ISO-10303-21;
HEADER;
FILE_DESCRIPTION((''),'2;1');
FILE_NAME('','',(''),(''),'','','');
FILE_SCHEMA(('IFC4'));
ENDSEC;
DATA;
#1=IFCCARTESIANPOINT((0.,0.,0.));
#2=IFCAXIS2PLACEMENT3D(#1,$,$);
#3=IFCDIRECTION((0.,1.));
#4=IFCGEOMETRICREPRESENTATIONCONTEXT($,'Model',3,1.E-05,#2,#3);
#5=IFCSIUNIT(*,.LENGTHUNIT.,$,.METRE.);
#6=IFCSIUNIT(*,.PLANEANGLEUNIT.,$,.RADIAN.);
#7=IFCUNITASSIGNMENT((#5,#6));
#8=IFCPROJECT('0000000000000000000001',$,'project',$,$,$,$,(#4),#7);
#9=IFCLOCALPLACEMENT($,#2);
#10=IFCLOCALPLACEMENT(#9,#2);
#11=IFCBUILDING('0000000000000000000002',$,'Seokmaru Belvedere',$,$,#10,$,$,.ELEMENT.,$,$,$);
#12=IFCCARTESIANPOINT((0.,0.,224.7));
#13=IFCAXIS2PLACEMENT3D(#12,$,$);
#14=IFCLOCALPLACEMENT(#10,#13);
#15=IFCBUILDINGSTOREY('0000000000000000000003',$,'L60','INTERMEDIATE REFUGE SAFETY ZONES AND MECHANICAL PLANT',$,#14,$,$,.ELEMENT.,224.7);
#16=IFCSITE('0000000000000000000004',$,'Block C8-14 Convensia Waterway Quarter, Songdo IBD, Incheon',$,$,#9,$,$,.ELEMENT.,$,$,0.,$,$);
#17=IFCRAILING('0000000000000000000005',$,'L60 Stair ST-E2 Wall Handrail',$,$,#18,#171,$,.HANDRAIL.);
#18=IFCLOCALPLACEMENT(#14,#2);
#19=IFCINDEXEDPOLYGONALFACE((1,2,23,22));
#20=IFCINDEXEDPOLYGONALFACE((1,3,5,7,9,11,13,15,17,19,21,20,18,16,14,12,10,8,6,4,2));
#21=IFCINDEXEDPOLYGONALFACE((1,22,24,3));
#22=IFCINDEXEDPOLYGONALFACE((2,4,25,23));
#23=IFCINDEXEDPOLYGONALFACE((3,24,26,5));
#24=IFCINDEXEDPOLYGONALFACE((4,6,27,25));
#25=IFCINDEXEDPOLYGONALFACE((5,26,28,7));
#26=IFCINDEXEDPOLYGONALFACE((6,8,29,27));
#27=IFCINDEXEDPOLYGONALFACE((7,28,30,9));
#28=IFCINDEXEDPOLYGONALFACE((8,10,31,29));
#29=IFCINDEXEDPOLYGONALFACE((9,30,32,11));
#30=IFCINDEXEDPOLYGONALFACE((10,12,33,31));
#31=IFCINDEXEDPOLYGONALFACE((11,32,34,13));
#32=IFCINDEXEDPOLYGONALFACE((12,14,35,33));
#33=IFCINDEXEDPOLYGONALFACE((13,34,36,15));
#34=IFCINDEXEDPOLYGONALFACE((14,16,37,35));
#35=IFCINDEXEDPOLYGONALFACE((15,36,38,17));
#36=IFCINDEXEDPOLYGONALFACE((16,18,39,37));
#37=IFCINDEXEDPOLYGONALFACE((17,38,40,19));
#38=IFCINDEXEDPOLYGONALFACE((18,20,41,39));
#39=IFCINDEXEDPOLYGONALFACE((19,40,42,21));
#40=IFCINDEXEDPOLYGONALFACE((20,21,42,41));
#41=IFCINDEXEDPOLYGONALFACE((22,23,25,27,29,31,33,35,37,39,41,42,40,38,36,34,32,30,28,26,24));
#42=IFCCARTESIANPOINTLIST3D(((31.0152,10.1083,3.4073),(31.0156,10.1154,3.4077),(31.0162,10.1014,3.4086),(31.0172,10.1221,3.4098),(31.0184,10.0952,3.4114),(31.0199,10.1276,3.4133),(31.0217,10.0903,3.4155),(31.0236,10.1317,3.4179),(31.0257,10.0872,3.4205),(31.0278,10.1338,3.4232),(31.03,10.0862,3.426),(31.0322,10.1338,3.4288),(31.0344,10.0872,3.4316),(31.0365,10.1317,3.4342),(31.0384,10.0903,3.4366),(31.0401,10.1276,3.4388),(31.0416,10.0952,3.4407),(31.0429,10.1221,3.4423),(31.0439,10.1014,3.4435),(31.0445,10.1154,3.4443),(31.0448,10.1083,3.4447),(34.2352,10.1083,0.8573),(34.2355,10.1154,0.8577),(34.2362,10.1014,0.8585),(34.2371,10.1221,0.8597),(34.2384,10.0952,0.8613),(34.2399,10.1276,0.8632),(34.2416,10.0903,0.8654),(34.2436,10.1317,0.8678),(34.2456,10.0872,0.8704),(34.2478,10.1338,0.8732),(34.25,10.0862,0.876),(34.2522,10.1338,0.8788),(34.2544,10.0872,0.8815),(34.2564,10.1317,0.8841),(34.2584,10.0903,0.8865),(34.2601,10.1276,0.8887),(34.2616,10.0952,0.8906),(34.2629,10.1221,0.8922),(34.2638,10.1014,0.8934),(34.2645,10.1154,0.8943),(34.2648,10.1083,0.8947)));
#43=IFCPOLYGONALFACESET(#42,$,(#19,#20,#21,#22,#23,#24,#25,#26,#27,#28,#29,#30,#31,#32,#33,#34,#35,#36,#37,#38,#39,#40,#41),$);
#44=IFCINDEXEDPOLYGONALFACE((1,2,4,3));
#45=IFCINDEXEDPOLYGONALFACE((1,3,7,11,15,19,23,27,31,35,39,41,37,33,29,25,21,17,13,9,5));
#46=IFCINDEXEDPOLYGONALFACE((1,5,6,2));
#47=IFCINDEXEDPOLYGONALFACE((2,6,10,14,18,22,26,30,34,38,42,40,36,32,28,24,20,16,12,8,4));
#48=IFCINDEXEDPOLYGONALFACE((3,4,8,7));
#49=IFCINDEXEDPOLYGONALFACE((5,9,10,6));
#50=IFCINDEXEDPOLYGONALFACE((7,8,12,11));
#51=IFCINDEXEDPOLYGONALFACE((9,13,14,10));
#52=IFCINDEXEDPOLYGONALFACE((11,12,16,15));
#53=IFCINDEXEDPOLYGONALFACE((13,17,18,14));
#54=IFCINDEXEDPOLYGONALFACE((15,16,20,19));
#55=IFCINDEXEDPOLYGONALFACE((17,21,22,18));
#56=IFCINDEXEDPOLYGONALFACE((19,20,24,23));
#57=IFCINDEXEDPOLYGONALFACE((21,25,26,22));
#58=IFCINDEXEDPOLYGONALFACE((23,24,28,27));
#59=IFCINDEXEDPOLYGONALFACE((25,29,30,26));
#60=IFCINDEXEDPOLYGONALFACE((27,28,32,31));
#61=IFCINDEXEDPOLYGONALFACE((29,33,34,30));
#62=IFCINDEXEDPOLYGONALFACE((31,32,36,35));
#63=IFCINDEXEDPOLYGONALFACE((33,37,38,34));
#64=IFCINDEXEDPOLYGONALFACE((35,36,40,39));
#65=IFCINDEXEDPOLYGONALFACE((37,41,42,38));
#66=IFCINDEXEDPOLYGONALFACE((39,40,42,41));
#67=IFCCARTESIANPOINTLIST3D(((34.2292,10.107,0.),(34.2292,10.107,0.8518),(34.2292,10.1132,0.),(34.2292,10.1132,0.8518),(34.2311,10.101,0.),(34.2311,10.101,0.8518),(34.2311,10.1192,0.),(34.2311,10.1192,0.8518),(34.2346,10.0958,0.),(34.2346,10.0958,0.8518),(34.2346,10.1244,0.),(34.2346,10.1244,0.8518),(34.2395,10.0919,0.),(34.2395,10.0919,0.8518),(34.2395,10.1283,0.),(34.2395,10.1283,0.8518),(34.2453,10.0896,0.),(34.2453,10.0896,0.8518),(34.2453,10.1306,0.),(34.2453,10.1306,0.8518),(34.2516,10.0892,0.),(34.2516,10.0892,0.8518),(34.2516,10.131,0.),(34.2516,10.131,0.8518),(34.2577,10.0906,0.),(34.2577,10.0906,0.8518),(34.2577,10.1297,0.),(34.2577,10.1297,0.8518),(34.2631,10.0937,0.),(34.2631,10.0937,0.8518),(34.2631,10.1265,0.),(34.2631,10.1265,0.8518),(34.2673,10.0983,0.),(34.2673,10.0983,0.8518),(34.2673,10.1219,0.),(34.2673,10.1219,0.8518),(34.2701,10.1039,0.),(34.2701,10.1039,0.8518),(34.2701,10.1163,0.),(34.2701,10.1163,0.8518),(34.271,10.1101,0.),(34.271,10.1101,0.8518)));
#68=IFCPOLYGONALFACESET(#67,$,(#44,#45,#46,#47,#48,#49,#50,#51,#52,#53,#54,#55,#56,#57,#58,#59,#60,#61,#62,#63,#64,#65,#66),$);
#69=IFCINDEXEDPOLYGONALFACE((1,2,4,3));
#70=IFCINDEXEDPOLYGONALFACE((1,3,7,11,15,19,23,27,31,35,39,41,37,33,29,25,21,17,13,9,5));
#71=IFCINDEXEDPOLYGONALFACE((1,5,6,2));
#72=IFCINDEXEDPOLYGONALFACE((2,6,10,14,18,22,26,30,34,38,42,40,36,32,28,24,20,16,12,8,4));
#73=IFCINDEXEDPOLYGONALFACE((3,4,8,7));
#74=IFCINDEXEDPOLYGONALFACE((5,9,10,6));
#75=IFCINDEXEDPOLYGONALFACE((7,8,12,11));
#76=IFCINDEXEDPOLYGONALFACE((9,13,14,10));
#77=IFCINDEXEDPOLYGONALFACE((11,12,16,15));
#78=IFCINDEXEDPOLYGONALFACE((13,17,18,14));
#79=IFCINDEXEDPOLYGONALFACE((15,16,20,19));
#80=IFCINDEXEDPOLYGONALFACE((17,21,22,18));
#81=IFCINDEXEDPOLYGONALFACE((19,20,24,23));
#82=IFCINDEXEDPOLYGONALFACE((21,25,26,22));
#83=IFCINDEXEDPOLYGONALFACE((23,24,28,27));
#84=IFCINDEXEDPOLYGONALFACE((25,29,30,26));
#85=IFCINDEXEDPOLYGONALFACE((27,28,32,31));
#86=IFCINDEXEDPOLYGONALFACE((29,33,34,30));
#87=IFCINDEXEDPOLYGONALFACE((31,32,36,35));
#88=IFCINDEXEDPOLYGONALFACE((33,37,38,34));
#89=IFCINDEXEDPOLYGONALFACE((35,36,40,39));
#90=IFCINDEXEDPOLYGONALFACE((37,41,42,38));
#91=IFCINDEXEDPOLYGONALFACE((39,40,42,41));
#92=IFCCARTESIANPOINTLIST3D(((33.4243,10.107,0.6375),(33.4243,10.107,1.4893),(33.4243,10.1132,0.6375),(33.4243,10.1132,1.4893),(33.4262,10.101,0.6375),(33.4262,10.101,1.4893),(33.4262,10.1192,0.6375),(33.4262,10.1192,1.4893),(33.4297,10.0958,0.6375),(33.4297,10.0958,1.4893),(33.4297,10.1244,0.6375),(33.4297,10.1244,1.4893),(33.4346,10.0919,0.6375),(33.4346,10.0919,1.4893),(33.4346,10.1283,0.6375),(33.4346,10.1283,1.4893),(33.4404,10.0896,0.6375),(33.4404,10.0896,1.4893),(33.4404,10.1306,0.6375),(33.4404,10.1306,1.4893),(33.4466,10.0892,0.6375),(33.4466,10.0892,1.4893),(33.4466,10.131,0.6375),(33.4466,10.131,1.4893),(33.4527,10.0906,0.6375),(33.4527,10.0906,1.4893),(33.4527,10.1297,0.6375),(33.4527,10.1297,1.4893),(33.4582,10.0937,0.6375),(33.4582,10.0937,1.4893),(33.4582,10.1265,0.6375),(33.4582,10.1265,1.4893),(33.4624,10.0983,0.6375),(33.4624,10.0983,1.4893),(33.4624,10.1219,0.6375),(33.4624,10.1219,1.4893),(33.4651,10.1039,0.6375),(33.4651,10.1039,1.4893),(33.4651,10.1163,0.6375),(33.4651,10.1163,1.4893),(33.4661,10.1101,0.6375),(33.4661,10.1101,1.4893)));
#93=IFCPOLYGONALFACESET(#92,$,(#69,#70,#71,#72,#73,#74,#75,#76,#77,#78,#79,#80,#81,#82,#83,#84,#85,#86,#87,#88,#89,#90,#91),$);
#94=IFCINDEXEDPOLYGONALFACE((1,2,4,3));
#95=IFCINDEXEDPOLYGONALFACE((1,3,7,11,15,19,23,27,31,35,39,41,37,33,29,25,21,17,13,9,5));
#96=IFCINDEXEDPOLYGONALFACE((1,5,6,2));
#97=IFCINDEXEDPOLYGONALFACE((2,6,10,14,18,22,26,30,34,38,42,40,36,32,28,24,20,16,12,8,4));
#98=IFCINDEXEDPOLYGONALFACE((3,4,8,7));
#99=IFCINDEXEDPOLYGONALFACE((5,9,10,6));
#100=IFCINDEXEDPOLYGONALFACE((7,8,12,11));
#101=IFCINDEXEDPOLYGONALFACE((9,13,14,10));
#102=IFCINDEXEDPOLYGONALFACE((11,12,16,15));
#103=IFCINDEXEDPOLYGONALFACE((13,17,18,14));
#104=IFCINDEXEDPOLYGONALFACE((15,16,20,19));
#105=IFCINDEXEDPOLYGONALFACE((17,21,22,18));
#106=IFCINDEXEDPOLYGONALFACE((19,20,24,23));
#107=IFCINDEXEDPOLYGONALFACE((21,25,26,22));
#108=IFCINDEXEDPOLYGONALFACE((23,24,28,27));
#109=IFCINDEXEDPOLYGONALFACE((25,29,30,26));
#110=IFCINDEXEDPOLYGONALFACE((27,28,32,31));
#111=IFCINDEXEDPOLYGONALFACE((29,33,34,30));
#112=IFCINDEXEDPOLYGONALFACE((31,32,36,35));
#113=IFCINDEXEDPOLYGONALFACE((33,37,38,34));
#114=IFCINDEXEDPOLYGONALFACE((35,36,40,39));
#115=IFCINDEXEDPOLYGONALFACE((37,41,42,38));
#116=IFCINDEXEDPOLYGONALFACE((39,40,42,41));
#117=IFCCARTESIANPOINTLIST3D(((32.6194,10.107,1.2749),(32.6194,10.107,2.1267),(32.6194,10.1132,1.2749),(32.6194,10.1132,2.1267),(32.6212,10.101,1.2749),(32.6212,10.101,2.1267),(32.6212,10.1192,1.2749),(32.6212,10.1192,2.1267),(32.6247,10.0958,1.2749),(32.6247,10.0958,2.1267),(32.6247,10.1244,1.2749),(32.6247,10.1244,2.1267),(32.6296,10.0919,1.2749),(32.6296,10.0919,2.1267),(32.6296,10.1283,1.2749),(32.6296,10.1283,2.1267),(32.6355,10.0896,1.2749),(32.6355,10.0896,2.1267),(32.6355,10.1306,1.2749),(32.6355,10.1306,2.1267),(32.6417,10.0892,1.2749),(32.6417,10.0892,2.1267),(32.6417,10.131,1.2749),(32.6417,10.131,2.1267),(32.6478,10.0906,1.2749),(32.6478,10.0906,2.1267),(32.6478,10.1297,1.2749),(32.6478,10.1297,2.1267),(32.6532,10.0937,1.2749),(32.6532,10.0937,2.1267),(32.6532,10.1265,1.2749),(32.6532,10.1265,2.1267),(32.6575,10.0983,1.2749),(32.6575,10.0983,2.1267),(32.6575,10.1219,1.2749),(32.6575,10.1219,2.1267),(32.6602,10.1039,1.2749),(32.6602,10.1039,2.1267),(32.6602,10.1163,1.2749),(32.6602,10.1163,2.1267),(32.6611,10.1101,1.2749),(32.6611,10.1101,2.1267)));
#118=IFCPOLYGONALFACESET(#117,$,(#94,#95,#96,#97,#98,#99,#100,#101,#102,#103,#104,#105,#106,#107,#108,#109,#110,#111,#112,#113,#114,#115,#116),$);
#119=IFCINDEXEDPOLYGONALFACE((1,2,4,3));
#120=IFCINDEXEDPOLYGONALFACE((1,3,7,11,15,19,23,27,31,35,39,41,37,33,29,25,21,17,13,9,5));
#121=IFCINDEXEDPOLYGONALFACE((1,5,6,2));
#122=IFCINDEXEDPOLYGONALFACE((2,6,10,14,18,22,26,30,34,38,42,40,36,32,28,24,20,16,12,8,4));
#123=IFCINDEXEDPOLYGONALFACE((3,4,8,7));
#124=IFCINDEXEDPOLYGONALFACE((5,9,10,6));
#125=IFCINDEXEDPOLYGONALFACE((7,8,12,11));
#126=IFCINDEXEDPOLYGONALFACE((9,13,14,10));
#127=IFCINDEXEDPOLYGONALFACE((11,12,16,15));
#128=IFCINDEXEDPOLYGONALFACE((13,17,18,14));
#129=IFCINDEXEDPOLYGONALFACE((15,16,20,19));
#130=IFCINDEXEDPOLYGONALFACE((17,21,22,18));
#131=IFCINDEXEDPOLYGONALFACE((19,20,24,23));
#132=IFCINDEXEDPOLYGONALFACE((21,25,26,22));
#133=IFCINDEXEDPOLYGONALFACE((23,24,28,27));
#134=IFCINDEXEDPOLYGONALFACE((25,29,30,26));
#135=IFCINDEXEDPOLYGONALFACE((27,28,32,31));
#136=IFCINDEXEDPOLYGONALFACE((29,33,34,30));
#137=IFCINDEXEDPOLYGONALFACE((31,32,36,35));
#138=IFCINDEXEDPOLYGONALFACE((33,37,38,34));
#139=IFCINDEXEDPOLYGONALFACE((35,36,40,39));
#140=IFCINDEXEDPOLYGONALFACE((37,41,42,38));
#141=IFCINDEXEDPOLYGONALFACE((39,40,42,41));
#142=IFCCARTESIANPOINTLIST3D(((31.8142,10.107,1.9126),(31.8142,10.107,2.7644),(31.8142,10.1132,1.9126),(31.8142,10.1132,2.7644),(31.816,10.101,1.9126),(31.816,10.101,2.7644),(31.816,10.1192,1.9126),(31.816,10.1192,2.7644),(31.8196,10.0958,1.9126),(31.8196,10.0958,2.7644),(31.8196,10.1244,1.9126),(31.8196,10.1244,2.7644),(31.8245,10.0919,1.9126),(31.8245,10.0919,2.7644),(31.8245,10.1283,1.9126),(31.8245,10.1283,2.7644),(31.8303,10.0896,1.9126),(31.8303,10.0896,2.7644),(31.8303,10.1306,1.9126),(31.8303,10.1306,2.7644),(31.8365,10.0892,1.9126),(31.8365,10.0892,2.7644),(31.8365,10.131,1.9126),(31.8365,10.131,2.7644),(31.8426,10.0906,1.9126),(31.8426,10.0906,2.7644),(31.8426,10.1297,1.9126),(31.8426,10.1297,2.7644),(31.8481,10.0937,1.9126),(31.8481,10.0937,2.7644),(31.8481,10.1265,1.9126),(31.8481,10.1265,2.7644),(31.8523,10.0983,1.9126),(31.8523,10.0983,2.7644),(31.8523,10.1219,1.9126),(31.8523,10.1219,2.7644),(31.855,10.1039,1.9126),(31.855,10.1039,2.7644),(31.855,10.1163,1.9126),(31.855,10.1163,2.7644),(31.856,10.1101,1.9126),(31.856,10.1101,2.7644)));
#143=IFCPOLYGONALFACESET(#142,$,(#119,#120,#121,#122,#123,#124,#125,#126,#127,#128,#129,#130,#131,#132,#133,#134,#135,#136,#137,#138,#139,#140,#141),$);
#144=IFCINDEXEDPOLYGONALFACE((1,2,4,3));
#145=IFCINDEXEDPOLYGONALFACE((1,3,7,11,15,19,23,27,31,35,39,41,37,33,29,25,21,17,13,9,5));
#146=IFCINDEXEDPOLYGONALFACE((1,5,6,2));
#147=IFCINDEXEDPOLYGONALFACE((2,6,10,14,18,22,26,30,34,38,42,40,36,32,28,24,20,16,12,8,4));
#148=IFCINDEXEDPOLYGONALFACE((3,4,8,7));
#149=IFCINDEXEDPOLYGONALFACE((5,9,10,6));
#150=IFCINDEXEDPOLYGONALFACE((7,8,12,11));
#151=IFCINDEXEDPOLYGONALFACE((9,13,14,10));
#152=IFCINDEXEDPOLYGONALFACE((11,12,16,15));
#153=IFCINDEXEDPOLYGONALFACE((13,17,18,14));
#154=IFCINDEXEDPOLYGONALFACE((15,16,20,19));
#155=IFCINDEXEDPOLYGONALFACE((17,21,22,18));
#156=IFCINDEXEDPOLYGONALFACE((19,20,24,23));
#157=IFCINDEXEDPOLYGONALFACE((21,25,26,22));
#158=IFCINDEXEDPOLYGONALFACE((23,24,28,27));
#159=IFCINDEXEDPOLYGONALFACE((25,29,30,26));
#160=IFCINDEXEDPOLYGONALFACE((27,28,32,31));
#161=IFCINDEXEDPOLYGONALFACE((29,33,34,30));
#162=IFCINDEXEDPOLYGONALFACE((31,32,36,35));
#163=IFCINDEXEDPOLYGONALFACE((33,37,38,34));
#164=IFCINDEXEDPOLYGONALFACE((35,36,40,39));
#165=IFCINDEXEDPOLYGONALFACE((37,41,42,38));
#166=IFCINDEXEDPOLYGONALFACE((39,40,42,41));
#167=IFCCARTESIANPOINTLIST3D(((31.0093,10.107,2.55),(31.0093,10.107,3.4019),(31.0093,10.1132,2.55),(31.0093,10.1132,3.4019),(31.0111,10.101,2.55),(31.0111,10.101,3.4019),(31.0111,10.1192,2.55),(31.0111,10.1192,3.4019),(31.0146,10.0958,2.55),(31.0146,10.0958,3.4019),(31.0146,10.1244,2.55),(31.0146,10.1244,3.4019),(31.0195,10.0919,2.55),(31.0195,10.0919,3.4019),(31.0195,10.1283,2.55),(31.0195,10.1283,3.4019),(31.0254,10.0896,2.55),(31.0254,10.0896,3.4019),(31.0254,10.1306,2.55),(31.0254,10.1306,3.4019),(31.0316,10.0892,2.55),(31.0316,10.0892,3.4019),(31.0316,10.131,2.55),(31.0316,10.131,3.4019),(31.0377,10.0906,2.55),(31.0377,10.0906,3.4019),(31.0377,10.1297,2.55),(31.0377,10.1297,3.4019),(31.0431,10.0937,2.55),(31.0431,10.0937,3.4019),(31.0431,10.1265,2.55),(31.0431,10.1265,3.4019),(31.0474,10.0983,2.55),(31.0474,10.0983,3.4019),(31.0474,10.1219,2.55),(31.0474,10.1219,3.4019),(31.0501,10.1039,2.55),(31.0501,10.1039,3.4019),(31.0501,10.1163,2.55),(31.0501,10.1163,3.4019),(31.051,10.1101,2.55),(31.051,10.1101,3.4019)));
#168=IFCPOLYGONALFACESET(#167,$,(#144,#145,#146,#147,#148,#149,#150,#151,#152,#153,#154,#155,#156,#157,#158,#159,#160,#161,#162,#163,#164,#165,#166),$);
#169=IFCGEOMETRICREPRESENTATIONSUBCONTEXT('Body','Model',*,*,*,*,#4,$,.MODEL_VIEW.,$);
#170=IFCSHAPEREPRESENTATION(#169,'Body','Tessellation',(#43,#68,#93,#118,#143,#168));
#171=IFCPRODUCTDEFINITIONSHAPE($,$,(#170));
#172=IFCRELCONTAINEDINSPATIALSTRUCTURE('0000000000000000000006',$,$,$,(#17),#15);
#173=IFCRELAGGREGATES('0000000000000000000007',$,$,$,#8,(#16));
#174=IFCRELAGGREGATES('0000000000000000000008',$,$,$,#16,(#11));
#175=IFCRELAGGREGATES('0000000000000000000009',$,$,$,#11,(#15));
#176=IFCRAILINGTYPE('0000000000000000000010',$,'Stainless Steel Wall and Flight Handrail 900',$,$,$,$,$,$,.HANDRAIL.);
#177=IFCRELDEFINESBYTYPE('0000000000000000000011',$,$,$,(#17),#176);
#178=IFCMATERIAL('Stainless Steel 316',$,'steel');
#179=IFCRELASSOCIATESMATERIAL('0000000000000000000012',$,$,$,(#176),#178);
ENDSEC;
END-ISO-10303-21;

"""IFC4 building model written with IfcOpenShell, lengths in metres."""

from ifc_helpers import new_model, si_unit, direction, frame, origin, origin_2d, place, context, subcontext, project, spatial, circle, extrude, material, type_object, element, save


model = new_model("IFC4")

# Units and contexts
model_context = context("Model", 3, precision=1e-05, world=origin(), true_north=direction((0.0, 1.0)))
body_context = subcontext(model_context, "Body", "Model", "MODEL_VIEW")
ifc_project = project(units=[si_unit("LENGTHUNIT", "METRE"), si_unit("PLANEANGLEUNIT", "RADIAN")], contexts=[model_context])

# Site, building, storey
site_placement = place(None, origin())
site = spatial("IfcSite", under=ifc_project, at=site_placement, Name="Block C8-14 Convensia Waterway Quarter, Songdo IBD, Incheon", CompositionType="ELEMENT", RefElevation=0.0)
building_placement = place(site_placement, origin())
building = spatial("IfcBuilding", under=site, at=building_placement, Name="Seokmaru Belvedere", CompositionType="ELEMENT")
storey_placement = place(building_placement, frame((0.0, 0.0, 224.7)))
storey = spatial("IfcBuildingStorey", under=building, at=storey_placement, Name="L60", Description="INTERMEDIATE REFUGE SAFETY ZONES AND MECHANICAL PLANT", CompositionType="ELEMENT", Elevation=224.7)

# Shared definitions
ifc_material_1 = material(Name="Stainless Steel 316", Category="steel")

# Railing
railing_type_1 = type_object("IfcRailingType", Name="Stainless Steel Wall and Flight Handrail 900", PredefinedType="HANDRAIL", material=ifc_material_1)
railing_1_placement = place(storey_placement, frame((34.25, 10.1101, 0.0)))
element("IfcRailing", 1, at=railing_1_placement, inside=storey, type_object=railing_type_1, Name="L60 Stair ST-E2 Wall Handrail", PredefinedType="HANDRAIL", context=body_context, shape_type="SweptSolid", body=[
    extrude(circle(Radius=0.0239, at=origin_2d()), frame((0.0, 0.0, 0.876), z_axis=(-0.783939, 0.0, 0.620838), x_axis=(0.0, -1.0, 0.0)), (0.0, 0.0, 1.0), 4.1074),
    extrude(circle(Radius=0.021, at=origin_2d()), origin(), (0.0, 0.0, 1.0), 0.8518),
    extrude(circle(Radius=0.021, at=origin_2d()), frame((-0.8049, 0.0, 0.6375)), (0.0, 0.0, 1.0), 0.8518),
    extrude(circle(Radius=0.021, at=origin_2d()), frame((-1.6099, 0.0, 1.2749)), (0.0, 0.0, 1.0), 0.8518),
    extrude(circle(Radius=0.021, at=origin_2d()), frame((-2.415, 0.0, 1.9126)), (0.0, 0.0, 1.0), 0.8518),
    extrude(circle(Radius=0.021, at=origin_2d()), frame((-3.22, 0.0, 2.55)), (0.0, 0.0, 1.0), 0.8518),
])

save(model, "model.ifc")
